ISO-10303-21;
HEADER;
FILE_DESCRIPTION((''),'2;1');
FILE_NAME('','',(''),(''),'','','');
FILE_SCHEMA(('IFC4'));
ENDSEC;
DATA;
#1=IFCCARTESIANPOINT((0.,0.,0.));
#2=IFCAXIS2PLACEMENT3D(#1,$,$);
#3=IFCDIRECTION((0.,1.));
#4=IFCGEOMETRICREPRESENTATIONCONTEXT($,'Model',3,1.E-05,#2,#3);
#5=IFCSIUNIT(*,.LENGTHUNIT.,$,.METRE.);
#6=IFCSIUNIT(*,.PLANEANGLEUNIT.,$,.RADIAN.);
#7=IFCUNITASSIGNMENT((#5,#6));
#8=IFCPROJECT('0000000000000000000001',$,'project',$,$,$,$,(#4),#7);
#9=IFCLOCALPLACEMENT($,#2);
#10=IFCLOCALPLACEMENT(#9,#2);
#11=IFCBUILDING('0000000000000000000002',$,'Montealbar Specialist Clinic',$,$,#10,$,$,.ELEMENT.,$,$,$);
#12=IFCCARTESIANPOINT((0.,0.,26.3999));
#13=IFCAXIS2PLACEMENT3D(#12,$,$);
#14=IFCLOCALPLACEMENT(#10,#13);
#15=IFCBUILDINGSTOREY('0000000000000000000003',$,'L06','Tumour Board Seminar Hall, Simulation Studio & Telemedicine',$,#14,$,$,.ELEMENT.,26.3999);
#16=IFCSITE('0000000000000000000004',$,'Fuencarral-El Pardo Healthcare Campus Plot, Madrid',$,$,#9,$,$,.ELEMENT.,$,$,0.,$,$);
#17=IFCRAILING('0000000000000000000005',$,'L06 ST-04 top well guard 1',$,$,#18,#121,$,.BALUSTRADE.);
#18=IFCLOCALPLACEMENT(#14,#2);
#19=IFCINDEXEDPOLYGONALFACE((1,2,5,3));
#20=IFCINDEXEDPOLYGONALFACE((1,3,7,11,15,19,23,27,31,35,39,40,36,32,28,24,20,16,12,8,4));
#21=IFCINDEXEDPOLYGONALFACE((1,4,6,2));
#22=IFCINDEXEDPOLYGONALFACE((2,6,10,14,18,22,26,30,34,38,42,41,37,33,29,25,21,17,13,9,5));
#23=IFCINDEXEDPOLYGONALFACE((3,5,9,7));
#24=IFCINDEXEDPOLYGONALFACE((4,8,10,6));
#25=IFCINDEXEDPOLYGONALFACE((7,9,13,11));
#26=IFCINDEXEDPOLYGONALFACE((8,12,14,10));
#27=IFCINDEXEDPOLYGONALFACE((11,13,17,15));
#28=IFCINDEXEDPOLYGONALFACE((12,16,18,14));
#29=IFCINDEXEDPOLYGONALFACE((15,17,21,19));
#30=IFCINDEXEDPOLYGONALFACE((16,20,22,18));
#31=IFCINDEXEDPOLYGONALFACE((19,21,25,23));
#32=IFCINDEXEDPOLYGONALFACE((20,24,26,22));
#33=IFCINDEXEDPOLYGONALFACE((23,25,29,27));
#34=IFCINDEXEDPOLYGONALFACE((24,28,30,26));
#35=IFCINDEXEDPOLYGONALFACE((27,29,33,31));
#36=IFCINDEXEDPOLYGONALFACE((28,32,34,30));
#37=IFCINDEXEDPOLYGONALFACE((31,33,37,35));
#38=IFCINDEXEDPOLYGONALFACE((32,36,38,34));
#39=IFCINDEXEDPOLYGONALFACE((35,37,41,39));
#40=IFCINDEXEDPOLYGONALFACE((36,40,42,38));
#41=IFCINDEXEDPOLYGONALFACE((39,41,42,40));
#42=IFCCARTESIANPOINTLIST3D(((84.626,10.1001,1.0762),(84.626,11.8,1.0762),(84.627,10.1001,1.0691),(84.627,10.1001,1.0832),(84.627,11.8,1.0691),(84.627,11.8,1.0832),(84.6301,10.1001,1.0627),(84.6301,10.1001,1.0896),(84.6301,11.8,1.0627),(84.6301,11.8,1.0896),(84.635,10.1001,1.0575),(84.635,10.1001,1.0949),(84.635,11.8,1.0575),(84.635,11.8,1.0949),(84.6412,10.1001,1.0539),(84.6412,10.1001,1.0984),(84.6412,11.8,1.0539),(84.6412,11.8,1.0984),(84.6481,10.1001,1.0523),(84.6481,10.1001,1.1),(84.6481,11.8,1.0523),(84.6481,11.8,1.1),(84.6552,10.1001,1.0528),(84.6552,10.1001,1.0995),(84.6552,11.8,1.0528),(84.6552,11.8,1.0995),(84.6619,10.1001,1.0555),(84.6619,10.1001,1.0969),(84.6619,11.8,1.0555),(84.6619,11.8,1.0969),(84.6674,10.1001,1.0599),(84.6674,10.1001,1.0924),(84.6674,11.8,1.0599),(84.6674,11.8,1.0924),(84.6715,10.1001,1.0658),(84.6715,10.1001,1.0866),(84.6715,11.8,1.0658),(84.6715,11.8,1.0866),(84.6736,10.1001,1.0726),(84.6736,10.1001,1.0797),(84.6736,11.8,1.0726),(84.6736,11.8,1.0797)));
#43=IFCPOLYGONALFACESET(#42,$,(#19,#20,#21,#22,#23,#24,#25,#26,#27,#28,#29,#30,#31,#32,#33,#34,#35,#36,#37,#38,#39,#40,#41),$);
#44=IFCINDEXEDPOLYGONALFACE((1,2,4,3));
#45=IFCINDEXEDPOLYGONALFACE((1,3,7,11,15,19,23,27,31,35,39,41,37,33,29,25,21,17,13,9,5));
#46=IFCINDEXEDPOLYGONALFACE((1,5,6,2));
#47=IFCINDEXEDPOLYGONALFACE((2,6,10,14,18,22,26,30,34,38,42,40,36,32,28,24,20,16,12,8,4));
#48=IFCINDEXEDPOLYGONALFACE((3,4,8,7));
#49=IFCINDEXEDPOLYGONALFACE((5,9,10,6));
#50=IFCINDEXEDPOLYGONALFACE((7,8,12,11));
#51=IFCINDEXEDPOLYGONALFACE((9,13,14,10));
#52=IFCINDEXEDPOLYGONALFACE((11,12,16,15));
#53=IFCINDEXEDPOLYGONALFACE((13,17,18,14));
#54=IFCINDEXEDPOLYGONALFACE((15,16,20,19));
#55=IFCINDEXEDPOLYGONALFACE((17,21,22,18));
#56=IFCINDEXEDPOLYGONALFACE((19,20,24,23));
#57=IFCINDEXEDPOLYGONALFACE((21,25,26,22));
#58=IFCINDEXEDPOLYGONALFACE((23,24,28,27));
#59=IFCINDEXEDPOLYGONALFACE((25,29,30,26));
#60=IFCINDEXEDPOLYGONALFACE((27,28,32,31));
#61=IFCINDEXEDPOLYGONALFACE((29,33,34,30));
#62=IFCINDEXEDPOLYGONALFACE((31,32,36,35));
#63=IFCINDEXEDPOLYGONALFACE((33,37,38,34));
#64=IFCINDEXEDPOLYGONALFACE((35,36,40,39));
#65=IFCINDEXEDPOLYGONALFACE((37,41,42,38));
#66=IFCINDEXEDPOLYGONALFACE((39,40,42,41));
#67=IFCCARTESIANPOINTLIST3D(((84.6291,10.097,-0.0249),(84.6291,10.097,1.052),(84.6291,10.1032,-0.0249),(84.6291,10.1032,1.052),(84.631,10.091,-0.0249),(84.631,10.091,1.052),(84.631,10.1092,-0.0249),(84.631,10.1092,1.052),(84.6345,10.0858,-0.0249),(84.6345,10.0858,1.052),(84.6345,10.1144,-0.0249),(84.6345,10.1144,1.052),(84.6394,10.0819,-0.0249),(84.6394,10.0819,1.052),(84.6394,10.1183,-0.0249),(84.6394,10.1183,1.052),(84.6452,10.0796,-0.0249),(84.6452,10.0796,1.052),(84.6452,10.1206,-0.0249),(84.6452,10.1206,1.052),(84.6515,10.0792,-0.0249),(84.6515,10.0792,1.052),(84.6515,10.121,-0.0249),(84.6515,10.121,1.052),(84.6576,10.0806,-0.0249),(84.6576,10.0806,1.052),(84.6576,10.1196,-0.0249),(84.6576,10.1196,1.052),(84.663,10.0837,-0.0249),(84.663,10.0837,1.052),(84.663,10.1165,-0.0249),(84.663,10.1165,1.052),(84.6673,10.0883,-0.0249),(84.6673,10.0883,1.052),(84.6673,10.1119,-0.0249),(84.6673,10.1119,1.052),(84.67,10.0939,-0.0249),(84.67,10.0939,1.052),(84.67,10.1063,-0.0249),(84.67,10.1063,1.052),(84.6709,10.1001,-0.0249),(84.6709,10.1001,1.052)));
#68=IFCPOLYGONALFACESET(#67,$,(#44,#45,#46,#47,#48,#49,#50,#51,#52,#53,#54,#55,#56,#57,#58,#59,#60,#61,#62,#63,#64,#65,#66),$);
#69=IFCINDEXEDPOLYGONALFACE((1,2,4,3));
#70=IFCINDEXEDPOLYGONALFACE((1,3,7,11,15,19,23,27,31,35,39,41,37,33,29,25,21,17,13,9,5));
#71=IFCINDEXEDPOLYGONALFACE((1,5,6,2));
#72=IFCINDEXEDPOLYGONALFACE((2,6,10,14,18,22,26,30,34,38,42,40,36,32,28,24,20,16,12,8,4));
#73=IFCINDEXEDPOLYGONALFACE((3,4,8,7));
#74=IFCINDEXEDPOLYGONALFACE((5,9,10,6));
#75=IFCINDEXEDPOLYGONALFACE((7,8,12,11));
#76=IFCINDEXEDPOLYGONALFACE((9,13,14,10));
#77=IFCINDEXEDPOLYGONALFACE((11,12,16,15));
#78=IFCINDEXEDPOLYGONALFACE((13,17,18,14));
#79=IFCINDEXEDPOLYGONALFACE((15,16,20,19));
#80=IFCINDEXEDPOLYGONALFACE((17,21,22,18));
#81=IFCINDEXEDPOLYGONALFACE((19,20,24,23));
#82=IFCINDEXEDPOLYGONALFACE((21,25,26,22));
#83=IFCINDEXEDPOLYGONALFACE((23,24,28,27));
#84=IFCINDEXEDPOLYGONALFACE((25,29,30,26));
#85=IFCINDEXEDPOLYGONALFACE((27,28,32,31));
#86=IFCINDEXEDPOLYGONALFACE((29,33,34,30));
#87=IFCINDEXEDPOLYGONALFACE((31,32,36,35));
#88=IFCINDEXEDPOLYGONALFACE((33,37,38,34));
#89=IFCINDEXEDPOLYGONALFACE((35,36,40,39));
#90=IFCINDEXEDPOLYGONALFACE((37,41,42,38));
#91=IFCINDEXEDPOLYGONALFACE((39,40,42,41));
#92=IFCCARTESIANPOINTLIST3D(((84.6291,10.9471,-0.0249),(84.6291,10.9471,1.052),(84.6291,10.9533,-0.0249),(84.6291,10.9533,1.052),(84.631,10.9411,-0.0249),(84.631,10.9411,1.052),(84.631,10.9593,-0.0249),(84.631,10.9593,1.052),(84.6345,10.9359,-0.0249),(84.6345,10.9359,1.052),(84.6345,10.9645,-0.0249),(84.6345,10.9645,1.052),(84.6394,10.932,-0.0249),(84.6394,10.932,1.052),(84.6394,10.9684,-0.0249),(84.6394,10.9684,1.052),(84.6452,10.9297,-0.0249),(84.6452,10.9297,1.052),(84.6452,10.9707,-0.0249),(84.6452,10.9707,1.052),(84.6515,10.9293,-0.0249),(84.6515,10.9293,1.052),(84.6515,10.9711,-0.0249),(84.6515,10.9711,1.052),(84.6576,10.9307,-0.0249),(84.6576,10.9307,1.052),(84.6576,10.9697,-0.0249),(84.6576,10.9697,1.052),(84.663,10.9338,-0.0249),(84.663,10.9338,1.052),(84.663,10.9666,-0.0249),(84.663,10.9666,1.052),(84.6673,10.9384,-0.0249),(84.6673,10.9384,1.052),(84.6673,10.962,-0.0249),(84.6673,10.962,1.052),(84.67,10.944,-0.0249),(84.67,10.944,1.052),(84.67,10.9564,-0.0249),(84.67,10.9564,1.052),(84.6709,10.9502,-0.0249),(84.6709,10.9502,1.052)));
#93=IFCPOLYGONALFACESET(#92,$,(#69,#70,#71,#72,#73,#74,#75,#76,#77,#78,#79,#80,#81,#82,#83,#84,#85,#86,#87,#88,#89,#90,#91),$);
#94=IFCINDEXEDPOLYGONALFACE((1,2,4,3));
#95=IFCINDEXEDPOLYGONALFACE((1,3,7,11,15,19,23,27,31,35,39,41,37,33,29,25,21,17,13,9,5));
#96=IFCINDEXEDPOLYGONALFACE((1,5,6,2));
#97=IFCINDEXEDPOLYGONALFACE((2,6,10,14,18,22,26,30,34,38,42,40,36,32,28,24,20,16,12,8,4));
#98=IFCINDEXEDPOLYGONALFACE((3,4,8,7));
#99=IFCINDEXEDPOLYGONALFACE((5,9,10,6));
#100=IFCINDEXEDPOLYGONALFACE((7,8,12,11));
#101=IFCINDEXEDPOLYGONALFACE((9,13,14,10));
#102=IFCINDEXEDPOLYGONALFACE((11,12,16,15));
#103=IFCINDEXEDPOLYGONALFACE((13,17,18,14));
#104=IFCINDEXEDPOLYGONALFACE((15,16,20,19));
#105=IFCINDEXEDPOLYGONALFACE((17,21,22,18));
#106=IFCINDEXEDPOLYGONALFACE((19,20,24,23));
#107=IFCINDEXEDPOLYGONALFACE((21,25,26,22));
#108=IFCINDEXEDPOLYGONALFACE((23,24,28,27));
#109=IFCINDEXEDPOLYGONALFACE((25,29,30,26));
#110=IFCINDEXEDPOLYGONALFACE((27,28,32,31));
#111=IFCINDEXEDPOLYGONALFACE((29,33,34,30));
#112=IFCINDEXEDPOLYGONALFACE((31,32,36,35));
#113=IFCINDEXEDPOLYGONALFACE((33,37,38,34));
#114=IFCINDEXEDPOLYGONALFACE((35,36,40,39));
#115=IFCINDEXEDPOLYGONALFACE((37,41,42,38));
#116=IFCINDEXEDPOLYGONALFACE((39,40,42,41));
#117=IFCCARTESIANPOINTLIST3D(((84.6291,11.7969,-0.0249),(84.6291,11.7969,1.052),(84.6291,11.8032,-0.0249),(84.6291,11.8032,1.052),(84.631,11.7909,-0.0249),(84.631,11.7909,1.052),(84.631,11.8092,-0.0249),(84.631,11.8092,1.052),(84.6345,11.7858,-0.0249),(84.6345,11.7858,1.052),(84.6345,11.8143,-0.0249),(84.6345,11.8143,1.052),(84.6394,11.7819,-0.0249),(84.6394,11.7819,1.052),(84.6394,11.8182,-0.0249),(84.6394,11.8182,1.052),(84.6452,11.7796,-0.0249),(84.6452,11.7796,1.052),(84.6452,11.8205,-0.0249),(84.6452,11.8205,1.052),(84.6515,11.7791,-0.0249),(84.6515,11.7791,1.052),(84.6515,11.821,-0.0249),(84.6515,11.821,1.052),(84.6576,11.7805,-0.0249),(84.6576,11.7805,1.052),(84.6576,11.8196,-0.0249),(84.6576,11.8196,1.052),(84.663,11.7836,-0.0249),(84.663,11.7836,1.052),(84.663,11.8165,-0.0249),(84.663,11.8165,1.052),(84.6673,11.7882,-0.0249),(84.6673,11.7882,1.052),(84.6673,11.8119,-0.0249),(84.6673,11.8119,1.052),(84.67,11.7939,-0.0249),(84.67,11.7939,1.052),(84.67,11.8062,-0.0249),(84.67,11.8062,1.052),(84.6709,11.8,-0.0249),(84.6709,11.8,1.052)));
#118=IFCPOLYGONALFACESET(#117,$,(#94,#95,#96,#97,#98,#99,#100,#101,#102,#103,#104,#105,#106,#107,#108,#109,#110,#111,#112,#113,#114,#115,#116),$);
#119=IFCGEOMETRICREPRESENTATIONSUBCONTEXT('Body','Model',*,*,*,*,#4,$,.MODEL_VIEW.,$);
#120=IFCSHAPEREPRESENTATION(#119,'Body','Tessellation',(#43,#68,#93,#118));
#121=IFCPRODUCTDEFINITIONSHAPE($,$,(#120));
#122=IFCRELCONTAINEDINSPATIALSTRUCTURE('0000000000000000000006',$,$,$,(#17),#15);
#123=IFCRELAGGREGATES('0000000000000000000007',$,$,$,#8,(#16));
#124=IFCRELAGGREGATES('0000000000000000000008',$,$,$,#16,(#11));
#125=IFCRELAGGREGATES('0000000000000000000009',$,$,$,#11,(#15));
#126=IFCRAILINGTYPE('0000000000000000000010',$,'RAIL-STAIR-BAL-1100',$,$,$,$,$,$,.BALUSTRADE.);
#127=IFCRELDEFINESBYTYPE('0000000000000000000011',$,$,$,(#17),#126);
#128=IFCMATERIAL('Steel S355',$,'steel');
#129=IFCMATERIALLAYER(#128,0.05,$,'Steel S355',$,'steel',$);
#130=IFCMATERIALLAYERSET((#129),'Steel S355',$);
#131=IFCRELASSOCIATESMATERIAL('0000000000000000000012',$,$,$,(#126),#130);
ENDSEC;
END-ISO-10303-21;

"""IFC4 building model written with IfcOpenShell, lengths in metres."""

from ifc_helpers import new_model, si_unit, direction, frame, origin, origin_2d, place, context, subcontext, project, spatial, circle, extrude, material, layer, layer_set, type_object, element, save


model = new_model("IFC4")

# Units and contexts
model_context = context("Model", 3, precision=1e-05, world=origin(), true_north=direction((0.0, 1.0)))
body_context = subcontext(model_context, "Body", "Model", "MODEL_VIEW")
ifc_project = project(units=[si_unit("LENGTHUNIT", "METRE"), si_unit("PLANEANGLEUNIT", "RADIAN")], contexts=[model_context])

# Site, building, storey
site_placement = place(None, origin())
site = spatial("IfcSite", under=ifc_project, at=site_placement, Name="Fuencarral-El Pardo Healthcare Campus Plot, Madrid", CompositionType="ELEMENT", RefElevation=0.0)
building_placement = place(site_placement, origin())
building = spatial("IfcBuilding", under=site, at=building_placement, Name="Montealbar Specialist Clinic", CompositionType="ELEMENT")
storey_placement = place(building_placement, frame((0.0, 0.0, 26.3999)))
storey = spatial("IfcBuildingStorey", under=building, at=storey_placement, Name="L06", Description="Tumour Board Seminar Hall, Simulation Studio & Telemedicine", CompositionType="ELEMENT", Elevation=26.3999)

# Shared definitions
ifc_material_1 = material(Name="Steel S355", Category="steel")

# Railing
ifc_layer_1 = layer(ifc_material_1, 0.05, Name="Steel S355", Category="steel")
ifc_layer_set_1 = layer_set([ifc_layer_1], Name="Steel S355")
railing_type = type_object("IfcRailingType", Name="RAIL-STAIR-BAL-1100", PredefinedType="BALUSTRADE", material=ifc_layer_set_1)
railing_placement = place(storey_placement, frame((84.6499, 10.1001, 0.0)))
element("IfcRailing", 1, at=railing_placement, inside=storey, type_object=railing_type, Name="L06 ST-04 top well guard 1", PredefinedType="BALUSTRADE", context=body_context, shape_type="SweptSolid", body=[
    extrude(circle(Radius=0.0239, at=origin_2d()), frame((0.0, 0.0, 1.0762), z_axis=(0.0, 1.0, 0.0), x_axis=(-1.0, 0.0, 0.0)), (0.0, 0.0, 1.0), 1.7),
    extrude(circle(Radius=0.021, at=origin_2d()), frame((0.0, 0.0, -0.0249)), (0.0, 0.0, 1.0), 1.0769),
    extrude(circle(Radius=0.021, at=origin_2d()), frame((0.0, 0.8501, -0.0249)), (0.0, 0.0, 1.0), 1.0769),
    extrude(circle(Radius=0.021, at=origin_2d()), frame((0.0, 1.7, -0.0249)), (0.0, 0.0, 1.0), 1.0769),
])

save(model, "model.ifc")
